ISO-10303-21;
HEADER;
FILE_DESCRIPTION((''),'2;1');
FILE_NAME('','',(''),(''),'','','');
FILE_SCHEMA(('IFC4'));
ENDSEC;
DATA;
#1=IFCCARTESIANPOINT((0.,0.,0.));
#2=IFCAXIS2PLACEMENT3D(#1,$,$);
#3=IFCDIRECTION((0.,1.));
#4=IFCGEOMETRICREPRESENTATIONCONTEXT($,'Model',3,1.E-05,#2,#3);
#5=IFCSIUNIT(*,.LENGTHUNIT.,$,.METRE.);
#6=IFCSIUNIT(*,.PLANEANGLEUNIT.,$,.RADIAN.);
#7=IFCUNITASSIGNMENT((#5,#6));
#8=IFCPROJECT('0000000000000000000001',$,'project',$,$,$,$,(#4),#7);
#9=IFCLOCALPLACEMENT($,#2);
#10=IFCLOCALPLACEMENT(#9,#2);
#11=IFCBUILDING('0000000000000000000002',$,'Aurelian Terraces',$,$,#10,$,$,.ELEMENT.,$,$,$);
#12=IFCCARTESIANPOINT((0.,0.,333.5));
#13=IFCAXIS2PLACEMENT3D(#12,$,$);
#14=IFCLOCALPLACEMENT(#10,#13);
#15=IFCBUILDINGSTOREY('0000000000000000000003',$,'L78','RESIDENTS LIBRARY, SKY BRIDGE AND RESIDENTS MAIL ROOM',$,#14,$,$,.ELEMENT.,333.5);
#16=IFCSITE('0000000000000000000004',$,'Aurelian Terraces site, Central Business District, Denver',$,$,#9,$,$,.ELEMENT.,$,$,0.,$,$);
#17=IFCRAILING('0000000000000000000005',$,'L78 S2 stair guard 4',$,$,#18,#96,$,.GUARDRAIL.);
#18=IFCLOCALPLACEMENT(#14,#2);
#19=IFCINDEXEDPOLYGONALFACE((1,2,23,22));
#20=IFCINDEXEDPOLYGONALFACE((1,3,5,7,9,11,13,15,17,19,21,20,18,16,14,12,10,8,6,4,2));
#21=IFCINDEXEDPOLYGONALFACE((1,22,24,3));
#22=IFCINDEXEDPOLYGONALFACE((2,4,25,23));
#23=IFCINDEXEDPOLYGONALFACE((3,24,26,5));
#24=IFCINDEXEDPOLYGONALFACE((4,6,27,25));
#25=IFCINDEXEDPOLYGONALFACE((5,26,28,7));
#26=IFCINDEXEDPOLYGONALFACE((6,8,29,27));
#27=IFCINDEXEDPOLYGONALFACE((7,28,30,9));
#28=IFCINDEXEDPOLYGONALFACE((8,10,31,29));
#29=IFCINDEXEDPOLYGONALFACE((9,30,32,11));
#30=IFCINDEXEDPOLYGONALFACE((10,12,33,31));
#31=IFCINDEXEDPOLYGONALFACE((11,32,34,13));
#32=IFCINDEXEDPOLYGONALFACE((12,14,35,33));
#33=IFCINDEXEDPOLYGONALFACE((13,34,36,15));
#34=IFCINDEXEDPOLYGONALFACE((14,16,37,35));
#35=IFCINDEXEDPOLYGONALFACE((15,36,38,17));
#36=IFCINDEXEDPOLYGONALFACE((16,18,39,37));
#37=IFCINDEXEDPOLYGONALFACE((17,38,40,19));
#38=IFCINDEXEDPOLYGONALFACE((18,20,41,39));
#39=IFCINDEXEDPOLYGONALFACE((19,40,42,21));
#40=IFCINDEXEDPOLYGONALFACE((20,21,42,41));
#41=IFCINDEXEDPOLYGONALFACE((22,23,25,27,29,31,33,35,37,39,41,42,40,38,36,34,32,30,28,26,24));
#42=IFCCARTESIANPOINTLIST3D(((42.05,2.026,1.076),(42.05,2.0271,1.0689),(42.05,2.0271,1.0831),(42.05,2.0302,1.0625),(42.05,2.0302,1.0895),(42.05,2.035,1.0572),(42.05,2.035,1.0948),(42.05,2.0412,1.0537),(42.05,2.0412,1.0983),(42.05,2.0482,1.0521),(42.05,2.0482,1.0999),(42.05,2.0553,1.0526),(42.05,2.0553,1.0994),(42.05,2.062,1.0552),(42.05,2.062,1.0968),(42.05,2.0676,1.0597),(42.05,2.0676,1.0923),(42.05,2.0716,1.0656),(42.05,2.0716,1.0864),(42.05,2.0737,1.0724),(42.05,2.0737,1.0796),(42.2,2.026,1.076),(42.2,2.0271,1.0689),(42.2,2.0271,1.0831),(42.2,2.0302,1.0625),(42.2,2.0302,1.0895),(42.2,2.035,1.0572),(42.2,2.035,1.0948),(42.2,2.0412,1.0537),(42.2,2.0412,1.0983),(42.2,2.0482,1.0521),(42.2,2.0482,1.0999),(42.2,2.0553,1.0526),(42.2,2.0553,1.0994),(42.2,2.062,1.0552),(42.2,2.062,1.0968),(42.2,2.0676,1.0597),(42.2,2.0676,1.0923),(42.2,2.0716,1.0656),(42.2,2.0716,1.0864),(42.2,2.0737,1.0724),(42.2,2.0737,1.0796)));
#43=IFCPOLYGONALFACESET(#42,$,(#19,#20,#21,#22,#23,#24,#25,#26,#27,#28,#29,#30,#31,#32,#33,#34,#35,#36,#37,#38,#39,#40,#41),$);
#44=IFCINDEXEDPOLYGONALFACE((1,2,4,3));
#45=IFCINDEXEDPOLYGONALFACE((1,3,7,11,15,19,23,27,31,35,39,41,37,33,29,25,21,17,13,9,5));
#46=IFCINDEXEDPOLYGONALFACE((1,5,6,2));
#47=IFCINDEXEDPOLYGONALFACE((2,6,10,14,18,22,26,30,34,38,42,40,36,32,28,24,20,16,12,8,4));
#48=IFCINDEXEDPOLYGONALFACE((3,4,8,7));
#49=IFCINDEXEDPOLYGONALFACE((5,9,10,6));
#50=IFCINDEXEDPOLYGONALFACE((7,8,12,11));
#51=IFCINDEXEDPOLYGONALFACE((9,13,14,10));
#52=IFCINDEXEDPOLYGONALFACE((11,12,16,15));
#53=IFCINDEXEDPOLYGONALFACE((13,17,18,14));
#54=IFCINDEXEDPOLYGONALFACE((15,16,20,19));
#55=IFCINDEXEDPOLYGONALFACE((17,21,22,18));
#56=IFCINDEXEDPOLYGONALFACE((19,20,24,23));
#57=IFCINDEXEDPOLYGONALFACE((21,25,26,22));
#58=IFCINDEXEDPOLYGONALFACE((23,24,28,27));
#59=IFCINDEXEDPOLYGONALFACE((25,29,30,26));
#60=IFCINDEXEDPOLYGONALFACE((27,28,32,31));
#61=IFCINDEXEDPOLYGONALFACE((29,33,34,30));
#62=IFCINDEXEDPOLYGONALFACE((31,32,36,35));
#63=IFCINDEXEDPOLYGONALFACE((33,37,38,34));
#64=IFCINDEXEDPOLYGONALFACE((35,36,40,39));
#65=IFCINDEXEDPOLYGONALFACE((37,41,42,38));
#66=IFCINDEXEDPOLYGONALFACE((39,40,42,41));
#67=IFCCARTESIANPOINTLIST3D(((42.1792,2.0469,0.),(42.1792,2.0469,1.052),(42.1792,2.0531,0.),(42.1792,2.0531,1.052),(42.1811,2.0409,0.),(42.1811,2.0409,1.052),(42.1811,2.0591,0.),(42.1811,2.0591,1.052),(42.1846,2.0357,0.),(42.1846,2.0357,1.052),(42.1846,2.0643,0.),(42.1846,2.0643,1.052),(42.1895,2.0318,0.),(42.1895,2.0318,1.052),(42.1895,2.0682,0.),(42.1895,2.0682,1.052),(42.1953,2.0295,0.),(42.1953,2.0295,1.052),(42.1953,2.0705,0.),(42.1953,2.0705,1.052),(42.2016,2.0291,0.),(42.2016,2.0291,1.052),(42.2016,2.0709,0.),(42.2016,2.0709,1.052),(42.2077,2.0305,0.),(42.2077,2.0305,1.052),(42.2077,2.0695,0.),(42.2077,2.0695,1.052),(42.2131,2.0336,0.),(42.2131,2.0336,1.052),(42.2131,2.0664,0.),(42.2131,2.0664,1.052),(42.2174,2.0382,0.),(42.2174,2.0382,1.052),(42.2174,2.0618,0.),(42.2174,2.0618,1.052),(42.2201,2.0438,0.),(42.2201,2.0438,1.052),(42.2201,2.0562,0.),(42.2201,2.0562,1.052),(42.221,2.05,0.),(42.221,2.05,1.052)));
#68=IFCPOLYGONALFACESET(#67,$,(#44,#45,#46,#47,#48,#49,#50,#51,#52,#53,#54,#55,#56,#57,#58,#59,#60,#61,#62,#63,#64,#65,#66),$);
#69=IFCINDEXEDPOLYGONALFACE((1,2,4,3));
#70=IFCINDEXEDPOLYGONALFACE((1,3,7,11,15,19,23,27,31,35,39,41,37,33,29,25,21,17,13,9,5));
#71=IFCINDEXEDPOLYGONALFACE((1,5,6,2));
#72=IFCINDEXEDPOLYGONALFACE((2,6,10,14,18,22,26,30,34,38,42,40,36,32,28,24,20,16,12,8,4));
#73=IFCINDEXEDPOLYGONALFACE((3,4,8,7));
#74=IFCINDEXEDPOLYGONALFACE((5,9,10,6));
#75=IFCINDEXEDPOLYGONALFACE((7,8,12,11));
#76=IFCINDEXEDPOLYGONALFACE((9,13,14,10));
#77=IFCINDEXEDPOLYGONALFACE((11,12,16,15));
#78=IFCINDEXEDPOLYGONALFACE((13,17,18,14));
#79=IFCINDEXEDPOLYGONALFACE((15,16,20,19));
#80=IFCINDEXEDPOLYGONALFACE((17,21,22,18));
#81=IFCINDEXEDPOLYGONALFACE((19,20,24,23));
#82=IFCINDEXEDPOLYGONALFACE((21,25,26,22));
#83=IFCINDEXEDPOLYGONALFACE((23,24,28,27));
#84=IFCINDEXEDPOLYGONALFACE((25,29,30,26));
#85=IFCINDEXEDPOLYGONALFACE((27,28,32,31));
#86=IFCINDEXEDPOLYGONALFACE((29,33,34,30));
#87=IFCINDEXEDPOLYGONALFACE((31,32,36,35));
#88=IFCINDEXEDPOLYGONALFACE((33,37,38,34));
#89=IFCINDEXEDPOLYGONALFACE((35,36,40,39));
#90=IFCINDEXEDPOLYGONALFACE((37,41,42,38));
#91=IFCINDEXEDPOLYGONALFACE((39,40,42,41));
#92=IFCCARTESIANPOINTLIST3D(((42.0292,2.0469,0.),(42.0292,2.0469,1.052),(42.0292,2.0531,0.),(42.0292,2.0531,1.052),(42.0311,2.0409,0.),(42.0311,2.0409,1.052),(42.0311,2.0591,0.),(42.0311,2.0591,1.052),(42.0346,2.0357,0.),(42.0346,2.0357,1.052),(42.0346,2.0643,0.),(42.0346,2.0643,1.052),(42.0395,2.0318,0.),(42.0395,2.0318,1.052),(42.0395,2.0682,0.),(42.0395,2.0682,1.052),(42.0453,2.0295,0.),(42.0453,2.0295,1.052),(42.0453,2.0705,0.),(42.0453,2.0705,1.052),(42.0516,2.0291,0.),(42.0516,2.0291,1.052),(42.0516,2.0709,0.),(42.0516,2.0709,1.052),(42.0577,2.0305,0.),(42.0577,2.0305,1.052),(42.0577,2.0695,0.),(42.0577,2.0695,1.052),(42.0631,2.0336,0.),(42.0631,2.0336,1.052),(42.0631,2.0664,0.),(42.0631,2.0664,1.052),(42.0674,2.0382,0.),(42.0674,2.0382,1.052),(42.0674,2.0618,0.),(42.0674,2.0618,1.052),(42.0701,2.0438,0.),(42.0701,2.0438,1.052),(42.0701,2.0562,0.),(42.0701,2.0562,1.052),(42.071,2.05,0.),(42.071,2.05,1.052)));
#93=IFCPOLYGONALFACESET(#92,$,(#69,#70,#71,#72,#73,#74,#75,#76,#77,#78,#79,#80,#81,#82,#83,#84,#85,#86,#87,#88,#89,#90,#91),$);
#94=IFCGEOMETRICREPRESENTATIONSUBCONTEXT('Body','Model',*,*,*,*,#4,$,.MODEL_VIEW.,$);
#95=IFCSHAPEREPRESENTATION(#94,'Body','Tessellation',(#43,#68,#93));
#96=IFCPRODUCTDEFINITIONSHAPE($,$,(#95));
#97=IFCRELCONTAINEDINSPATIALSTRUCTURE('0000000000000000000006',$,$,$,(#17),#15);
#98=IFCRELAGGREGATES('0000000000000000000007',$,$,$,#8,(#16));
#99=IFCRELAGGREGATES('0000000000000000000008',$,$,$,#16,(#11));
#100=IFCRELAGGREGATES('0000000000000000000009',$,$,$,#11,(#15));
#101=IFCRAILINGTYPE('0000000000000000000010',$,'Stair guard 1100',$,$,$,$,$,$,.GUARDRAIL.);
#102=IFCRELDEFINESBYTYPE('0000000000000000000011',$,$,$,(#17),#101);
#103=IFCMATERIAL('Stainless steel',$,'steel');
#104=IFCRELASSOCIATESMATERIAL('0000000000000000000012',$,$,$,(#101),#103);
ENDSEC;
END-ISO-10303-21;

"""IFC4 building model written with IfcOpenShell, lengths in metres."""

from ifc_helpers import new_model, si_unit, direction, frame, origin, origin_2d, place, context, subcontext, project, spatial, circle, extrude, source, transform, mapped, material, type_object, element, save


model = new_model("IFC4")

# Units and contexts
model_context = context("Model", 3, precision=1e-05, world=origin(), true_north=direction((0.0, 1.0)))
body_context = subcontext(model_context, "Body", "Model", "MODEL_VIEW")
ifc_project = project(units=[si_unit("LENGTHUNIT", "METRE"), si_unit("PLANEANGLEUNIT", "RADIAN")], contexts=[model_context])

# Site, building, storey
site_placement = place(None, origin())
site = spatial("IfcSite", under=ifc_project, at=site_placement, Name="Aurelian Terraces site, Central Business District, Denver", CompositionType="ELEMENT", RefElevation=0.0)
building_placement = place(site_placement, origin())
building = spatial("IfcBuilding", under=site, at=building_placement, Name="Aurelian Terraces", CompositionType="ELEMENT")
storey_placement = place(building_placement, frame((0.0, 0.0, 333.5)))
storey = spatial("IfcBuildingStorey", under=building, at=storey_placement, Name="L78", Description="RESIDENTS LIBRARY, SKY BRIDGE AND RESIDENTS MAIL ROOM", CompositionType="ELEMENT", Elevation=333.5)

# Railing
ifc_material_1 = material(Name="Stainless steel", Category="steel")
railing_type_1 = type_object("IfcRailingType", Name="Stair guard 1100", PredefinedType="GUARDRAIL", material=ifc_material_1)
shared_shape_1 = source(origin(), body_context, "Body", "SweptSolid", [
    extrude(circle(Radius=0.024, at=origin_2d()), frame((0.0, 0.0, 1.076), z_axis=(-1.0, 0.0, 0.0), x_axis=(0.0, -1.0, 0.0)), (0.0, 0.0, 1.0), 0.15),
    extrude(circle(Radius=0.021, at=origin_2d()), origin(), (0.0, 0.0, 1.0), 1.052),
    extrude(circle(Radius=0.021, at=origin_2d()), frame((-0.15, 0.0, 0.0)), (0.0, 0.0, 1.0), 1.052),
])
for number, where, name in (
    (1, (42.2, 2.05, 0.0), "L78 S2 stair guard 4"),
):
    element("IfcRailing", number, at=place(storey_placement, frame(where)), inside=storey, type_object=railing_type_1, Name=name, PredefinedType="GUARDRAIL", context=body_context, shape_type="MappedRepresentation", body=[
        mapped(shared_shape_1, transform((0.0, 0.0, 0.0), scale=1.0)),
    ])

save(model, "model.ifc")
